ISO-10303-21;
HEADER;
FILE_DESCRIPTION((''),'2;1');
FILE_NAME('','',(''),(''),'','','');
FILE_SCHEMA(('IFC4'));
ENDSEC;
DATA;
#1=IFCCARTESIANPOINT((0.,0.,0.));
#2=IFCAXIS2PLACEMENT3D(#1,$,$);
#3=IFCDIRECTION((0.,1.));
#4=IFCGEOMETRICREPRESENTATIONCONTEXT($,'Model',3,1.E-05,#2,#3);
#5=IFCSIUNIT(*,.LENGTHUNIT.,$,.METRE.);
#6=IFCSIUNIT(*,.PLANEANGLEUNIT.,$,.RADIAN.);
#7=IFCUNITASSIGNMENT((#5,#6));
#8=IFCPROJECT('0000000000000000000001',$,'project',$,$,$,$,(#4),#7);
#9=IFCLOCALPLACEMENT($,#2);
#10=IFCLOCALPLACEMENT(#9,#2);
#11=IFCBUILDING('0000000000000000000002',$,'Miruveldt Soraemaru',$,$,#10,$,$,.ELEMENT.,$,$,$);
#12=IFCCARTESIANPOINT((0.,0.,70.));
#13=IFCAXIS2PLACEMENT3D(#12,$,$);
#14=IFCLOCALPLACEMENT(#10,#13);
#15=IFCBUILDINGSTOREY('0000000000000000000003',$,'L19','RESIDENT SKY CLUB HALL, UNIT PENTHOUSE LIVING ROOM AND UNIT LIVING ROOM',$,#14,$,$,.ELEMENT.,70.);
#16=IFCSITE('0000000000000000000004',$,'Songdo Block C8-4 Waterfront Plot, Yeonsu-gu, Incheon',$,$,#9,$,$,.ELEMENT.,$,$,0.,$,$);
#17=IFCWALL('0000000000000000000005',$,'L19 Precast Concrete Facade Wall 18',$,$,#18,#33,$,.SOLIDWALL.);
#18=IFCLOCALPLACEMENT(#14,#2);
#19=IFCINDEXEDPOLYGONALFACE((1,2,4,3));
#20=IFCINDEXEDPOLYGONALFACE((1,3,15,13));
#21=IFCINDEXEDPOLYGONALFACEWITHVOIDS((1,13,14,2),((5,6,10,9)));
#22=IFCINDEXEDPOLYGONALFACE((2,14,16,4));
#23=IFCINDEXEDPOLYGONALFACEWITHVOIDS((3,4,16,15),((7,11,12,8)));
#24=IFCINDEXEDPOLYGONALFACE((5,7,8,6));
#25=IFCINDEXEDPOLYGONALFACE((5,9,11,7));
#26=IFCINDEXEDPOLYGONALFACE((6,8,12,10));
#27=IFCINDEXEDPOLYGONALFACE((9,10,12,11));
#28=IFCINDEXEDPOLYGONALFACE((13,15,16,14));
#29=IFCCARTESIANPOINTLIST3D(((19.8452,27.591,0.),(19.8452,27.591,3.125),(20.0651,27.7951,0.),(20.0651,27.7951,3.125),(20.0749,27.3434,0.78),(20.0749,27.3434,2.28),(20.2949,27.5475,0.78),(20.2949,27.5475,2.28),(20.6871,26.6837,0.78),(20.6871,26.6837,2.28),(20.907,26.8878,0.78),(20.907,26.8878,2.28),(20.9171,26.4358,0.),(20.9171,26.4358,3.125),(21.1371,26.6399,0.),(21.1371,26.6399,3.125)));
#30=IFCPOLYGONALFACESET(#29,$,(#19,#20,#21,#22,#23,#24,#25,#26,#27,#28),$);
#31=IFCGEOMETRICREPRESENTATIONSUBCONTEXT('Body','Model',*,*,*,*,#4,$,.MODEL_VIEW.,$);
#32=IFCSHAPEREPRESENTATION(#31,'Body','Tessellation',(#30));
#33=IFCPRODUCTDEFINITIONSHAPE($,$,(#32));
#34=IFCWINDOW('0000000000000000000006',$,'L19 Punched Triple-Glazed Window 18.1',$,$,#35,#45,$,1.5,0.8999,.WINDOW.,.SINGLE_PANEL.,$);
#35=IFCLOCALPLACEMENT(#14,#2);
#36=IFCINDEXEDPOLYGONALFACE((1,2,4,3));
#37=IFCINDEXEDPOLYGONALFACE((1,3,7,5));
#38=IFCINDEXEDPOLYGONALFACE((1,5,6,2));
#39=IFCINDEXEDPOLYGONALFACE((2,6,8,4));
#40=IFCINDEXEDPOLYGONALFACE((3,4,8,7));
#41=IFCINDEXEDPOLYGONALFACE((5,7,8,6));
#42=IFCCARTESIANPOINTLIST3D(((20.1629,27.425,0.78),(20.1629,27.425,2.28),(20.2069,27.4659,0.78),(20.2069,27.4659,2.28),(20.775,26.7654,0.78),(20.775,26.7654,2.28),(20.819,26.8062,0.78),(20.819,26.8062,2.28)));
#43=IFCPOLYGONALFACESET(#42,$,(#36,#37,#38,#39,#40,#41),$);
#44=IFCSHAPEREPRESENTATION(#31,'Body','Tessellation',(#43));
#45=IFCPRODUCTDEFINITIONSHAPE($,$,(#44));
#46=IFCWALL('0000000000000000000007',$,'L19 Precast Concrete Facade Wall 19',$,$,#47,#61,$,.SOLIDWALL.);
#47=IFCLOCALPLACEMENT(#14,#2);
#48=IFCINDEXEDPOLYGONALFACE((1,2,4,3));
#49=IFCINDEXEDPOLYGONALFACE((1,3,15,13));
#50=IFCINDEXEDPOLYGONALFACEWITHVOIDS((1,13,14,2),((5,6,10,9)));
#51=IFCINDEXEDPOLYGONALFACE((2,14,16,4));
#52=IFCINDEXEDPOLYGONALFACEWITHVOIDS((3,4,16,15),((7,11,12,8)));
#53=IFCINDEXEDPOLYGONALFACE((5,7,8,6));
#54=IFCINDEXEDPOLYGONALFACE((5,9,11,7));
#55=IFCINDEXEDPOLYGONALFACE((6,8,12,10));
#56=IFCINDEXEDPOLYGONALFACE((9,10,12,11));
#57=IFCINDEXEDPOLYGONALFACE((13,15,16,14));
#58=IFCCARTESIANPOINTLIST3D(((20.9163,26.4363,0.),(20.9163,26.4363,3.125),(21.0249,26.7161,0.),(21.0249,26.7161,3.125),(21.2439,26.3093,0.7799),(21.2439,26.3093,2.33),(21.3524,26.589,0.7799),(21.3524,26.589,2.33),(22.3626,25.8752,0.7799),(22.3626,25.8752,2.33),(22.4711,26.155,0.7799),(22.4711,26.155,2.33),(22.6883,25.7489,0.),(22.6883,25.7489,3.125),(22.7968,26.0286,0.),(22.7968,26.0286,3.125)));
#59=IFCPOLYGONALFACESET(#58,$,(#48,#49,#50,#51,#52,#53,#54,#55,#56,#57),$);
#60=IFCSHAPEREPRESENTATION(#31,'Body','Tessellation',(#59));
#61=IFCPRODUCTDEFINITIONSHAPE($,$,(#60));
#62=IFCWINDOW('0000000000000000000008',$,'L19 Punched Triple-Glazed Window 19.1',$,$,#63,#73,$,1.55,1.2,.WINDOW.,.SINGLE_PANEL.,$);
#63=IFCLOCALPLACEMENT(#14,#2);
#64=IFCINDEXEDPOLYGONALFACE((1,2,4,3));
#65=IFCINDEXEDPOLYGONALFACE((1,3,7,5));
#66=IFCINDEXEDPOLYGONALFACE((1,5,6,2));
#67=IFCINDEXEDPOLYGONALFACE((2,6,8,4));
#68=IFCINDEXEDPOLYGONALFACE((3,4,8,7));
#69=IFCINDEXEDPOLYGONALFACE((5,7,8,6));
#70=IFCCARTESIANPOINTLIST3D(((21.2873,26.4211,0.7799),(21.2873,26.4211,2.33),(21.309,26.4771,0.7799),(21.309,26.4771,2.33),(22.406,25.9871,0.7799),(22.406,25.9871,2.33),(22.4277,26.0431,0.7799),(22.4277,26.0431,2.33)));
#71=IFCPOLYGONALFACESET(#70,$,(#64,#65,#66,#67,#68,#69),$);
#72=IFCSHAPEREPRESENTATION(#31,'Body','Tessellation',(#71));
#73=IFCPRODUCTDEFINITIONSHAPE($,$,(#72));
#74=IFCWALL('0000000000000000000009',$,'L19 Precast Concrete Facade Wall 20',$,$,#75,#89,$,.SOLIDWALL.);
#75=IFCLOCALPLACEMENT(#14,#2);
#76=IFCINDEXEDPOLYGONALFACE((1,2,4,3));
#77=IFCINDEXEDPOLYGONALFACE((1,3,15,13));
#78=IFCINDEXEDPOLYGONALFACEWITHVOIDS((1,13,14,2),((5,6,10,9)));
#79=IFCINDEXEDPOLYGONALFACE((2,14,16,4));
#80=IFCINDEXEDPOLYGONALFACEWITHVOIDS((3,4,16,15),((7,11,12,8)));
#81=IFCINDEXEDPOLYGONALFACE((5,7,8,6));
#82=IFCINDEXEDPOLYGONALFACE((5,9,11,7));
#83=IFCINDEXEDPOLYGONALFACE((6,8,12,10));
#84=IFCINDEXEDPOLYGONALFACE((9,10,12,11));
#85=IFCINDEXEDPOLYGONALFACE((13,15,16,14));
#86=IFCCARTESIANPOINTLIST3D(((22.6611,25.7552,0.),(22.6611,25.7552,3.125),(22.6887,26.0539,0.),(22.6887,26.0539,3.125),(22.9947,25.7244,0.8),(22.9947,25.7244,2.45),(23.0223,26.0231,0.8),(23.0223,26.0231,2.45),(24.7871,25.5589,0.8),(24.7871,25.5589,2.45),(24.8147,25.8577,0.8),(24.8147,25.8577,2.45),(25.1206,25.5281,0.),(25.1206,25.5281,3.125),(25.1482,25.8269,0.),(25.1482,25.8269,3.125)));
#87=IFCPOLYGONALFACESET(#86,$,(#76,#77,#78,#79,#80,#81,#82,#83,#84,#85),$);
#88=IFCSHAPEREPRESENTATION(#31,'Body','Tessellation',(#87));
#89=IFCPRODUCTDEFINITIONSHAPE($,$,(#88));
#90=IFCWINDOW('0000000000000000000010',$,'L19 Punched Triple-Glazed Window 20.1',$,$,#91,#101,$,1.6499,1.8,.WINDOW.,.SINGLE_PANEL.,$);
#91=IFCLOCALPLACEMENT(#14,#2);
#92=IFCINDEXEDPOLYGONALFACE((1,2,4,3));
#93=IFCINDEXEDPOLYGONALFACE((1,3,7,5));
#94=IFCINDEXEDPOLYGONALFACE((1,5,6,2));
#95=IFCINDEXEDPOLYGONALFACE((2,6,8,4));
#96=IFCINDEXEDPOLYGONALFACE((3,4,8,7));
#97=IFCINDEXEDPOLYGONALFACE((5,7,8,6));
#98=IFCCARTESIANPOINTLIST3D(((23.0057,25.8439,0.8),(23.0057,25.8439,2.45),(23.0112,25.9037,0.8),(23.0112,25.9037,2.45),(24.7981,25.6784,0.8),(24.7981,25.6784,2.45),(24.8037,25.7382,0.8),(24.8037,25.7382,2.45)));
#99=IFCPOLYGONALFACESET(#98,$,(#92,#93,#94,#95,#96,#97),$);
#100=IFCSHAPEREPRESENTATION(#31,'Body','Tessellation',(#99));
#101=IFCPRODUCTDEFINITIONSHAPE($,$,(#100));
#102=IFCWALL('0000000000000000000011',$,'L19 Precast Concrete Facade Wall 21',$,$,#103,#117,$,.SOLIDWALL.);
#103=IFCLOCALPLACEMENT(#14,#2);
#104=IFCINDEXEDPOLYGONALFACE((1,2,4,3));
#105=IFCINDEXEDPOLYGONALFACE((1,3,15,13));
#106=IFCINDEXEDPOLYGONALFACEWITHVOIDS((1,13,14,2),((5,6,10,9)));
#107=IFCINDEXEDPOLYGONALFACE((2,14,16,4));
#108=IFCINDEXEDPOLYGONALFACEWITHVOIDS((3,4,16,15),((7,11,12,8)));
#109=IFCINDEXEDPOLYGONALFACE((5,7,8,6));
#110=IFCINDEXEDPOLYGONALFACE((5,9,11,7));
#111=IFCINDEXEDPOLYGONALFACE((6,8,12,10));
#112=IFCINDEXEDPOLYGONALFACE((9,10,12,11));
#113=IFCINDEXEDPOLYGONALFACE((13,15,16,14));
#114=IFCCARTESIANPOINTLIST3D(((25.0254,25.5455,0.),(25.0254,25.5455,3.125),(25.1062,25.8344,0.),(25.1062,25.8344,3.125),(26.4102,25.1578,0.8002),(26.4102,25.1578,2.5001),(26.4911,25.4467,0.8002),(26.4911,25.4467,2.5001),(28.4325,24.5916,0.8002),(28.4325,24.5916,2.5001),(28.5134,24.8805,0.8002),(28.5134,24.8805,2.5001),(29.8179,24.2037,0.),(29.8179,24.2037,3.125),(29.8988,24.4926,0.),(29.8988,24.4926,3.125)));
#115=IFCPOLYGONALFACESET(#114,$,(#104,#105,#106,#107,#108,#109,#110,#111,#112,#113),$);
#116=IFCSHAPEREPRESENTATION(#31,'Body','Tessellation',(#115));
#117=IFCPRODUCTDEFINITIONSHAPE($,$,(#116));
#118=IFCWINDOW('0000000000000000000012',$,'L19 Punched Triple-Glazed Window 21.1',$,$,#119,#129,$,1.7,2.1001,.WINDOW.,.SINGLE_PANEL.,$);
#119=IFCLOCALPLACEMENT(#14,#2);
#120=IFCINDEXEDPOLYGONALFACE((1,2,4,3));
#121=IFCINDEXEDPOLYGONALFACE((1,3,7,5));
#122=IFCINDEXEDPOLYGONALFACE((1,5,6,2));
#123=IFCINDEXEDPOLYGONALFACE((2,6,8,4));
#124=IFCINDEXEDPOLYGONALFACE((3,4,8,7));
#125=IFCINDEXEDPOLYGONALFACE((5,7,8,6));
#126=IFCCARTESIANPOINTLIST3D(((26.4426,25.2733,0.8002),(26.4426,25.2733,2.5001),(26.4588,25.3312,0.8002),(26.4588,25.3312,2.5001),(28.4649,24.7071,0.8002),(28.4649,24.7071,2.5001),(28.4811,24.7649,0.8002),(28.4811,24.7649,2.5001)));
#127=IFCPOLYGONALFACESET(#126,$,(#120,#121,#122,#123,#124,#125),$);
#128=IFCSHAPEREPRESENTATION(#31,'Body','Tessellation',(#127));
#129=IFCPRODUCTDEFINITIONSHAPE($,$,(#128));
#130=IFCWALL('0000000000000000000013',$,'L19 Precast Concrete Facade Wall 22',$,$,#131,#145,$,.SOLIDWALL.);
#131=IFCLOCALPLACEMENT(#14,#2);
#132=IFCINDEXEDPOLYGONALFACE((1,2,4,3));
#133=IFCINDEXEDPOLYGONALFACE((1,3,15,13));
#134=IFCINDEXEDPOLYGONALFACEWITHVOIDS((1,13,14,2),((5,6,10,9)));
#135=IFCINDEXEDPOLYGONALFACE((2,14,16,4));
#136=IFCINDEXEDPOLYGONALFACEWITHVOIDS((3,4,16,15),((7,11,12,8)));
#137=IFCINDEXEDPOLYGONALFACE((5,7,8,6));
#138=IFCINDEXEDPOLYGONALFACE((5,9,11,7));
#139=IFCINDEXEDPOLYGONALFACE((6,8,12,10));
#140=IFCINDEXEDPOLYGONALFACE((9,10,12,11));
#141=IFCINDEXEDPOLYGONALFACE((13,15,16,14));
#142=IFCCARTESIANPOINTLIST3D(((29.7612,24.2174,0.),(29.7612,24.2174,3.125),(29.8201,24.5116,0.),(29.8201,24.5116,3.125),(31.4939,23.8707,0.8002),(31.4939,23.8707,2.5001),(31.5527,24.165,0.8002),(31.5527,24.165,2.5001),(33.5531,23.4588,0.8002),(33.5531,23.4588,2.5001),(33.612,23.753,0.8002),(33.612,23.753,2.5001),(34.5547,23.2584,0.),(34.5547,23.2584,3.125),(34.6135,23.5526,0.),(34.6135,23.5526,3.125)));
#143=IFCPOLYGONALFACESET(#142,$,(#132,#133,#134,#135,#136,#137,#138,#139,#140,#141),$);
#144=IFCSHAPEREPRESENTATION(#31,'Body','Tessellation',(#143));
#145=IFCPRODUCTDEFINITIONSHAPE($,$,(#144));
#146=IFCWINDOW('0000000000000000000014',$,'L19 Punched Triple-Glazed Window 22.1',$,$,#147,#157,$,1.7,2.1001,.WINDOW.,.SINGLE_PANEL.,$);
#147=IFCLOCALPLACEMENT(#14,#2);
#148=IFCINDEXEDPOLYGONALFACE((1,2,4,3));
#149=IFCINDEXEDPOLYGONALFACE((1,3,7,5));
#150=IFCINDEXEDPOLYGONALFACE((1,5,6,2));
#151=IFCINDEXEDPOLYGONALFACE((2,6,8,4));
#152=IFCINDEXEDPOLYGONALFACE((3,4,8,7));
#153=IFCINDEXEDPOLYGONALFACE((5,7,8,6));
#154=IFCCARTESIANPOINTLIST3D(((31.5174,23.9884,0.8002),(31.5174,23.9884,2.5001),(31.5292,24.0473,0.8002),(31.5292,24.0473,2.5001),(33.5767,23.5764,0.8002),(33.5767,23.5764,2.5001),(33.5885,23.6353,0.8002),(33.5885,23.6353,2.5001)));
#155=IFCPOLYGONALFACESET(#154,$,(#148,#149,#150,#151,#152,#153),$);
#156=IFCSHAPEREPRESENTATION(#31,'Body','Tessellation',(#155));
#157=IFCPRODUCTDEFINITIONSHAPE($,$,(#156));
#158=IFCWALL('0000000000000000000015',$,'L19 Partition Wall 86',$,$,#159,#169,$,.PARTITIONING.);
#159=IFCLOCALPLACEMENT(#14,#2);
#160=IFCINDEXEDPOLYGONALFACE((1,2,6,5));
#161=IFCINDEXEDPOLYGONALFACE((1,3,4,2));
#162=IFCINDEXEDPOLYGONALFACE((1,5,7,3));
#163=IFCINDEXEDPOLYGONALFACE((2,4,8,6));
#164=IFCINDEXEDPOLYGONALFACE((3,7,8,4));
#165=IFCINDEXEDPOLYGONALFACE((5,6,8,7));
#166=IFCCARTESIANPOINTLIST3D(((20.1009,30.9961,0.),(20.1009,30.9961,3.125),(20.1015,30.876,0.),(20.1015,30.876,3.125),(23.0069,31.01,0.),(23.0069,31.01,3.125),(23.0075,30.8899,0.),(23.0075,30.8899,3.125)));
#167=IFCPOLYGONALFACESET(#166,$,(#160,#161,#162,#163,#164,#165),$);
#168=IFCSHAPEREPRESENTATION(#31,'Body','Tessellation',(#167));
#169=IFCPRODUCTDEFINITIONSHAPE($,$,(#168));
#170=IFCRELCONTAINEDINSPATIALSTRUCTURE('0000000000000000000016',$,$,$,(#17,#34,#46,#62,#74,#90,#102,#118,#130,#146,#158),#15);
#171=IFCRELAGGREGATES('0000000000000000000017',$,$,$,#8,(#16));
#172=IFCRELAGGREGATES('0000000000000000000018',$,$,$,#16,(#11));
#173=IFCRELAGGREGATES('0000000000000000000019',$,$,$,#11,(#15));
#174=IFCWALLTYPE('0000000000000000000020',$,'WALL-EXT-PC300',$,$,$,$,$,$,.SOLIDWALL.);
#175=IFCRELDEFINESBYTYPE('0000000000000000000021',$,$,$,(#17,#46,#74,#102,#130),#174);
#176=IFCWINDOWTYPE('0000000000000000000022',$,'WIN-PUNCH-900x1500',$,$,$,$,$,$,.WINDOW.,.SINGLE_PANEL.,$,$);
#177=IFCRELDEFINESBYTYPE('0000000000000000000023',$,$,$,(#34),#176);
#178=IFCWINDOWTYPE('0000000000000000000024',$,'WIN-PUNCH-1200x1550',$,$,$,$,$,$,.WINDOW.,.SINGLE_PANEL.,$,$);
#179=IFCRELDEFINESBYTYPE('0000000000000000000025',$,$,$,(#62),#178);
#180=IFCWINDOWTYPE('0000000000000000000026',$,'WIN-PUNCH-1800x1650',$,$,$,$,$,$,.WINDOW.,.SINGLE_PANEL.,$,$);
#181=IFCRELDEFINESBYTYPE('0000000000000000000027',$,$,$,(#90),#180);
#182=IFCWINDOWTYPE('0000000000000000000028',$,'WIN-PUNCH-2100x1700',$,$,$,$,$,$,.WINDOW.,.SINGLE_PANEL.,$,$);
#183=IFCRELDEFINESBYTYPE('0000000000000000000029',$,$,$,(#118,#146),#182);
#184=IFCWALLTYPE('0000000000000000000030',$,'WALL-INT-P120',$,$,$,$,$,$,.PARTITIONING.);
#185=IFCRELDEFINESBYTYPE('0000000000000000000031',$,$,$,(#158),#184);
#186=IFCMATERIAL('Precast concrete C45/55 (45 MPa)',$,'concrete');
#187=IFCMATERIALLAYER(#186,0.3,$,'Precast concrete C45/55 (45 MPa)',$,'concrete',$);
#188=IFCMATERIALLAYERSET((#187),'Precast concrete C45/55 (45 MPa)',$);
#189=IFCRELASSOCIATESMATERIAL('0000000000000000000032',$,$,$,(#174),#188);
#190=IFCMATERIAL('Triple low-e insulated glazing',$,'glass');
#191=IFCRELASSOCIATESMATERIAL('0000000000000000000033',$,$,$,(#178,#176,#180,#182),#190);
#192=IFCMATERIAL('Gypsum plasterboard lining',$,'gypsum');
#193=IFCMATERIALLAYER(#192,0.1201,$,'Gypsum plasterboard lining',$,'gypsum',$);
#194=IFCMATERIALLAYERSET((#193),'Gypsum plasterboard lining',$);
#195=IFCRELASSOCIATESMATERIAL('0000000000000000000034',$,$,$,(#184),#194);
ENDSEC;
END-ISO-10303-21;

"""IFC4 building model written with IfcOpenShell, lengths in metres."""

from ifc_helpers import new_model, si_unit, direction, frame, frame_2d, origin, place, context, subcontext, project, spatial, rectangle, extrude, material, layer, layer_set, type_object, element, fill, save


model = new_model("IFC4")

# Units and contexts
model_context = context("Model", 3, precision=1e-05, world=origin(), true_north=direction((0.0, 1.0)))
body_context = subcontext(model_context, "Body", "Model", "MODEL_VIEW")
ifc_project = project(units=[si_unit("LENGTHUNIT", "METRE"), si_unit("PLANEANGLEUNIT", "RADIAN")], contexts=[model_context])

# Site, building, storey
site_placement = place(None, origin())
site = spatial("IfcSite", under=ifc_project, at=site_placement, Name="Songdo Block C8-4 Waterfront Plot, Yeonsu-gu, Incheon", CompositionType="ELEMENT", RefElevation=0.0)
building_placement = place(site_placement, origin())
building = spatial("IfcBuilding", under=site, at=building_placement, Name="Miruveldt Soraemaru", CompositionType="ELEMENT")
storey_placement = place(building_placement, frame((0.0, 0.0, 70.0)))
storey = spatial("IfcBuildingStorey", under=building, at=storey_placement, Name="L19", Description="RESIDENT SKY CLUB HALL, UNIT PENTHOUSE LIVING ROOM AND UNIT LIVING ROOM", CompositionType="ELEMENT", Elevation=70.0)

# Walls, openings, windows
ifc_material_1 = material(Name="Precast concrete C45/55 (45 MPa)", Category="concrete")
ifc_layer_1 = layer(ifc_material_1, 0.3, Name="Precast concrete C45/55 (45 MPa)", Category="concrete")
ifc_layer_set_1 = layer_set([ifc_layer_1], Name="Precast concrete C45/55 (45 MPa)")
wall_type_1 = type_object("IfcWallType", Name="WALL-EXT-PC300", PredefinedType="SOLIDWALL", material=ifc_layer_set_1)
ifc_material_2 = material(Name="Triple low-e insulated glazing", Category="glass")
window_type_1 = type_object("IfcWindowType", Name="WIN-PUNCH-1200x1550", PartitioningType="SINGLE_PANEL", PredefinedType="WINDOW", material=ifc_material_2)
wall_1_placement = place(storey_placement, frame((19.9551, 27.6931, 0.0), z_axis=(0.0, 0.0, 1.0), x_axis=(0.680202, -0.733025, 0.0)))
wall_1 = element("IfcWall", 1, at=wall_1_placement, inside=storey, type_object=wall_type_1, Name="L19 Precast Concrete Facade Wall 18", PredefinedType="SOLIDWALL", context=body_context, shape_type="SweptSolid", body=[
    extrude(rectangle(XDim=1.5759, YDim=0.3, at=frame_2d((0.7881, 0.0))), origin(), (0.0, 0.0, 1.0), 3.125),
])
opening_1_placement = place(wall_1_placement, frame((0.3379, 0.0, 0.78)))
opening_1 = element("IfcOpeningElement", 2, at=opening_1_placement, cuts=wall_1, PredefinedType="OPENING", context=body_context, shape_type="SweptSolid", body=[
    extrude(rectangle(XDim=0.8999, YDim=1.5, at=frame_2d((0.45, 0.75))), frame((0.0, 0.1602, 0.0), z_axis=(0.0, -1.0, 0.0), x_axis=(1.0, 0.0, 0.0)), (0.0, 0.0, 1.0), 0.3201),
])
window_type_2 = type_object("IfcWindowType", Name="WIN-PUNCH-900x1500", PartitioningType="SINGLE_PANEL", PredefinedType="WINDOW", material=ifc_material_2)
window_1_placement = place(opening_1_placement, origin())
window_1 = element("IfcWindow", 3, at=window_1_placement, inside=storey, type_object=window_type_2, Name="L19 Punched Triple-Glazed Window 18.1", OverallHeight=1.5, OverallWidth=0.8999, PartitioningType="SINGLE_PANEL", PredefinedType="WINDOW", context=body_context, shape_type="SweptSolid", body=[
    extrude(rectangle(XDim=0.8999, YDim=1.5, at=frame_2d((0.45, 0.75))), frame((0.0, 0.03, 0.0), z_axis=(0.0, -1.0, 0.0), x_axis=(1.0, 0.0, 0.0)), (0.0, 0.0, 1.0), 0.0601),
])
fill(opening_1, window_1)
wall_2_placement = place(storey_placement, frame((20.9707, 26.5762, 0.0), z_axis=(0.0, 0.0, 1.0), x_axis=(0.932289, -0.361715, 0.0)))
wall_2 = element("IfcWall", 4, at=wall_2_placement, inside=storey, type_object=wall_type_1, Name="L19 Precast Concrete Facade Wall 19", PredefinedType="SOLIDWALL", context=body_context, shape_type="SweptSolid", body=[
    extrude(rectangle(XDim=1.9006, YDim=0.3, at=frame_2d((0.9502, 0.0))), origin(), (0.0, 0.0, 1.0), 3.125),
])
opening_2_placement = place(wall_2_placement, frame((0.3511, 0.0, 0.78)))
opening_2 = element("IfcOpeningElement", 5, at=opening_2_placement, cuts=wall_2, PredefinedType="OPENING", context=body_context, shape_type="SweptSolid", body=[
    extrude(rectangle(XDim=1.2, YDim=1.55, at=frame_2d((0.6001, 0.7749))), frame((0.0, 0.1602, 0.0), z_axis=(0.0, -1.0, 0.0), x_axis=(1.0, 0.0, 0.0)), (0.0, 0.0, 1.0), 0.3201),
])
window_2_placement = place(opening_2_placement, origin())
window_2 = element("IfcWindow", 6, at=window_2_placement, inside=storey, type_object=window_type_1, Name="L19 Punched Triple-Glazed Window 19.1", OverallHeight=1.55, OverallWidth=1.2, PartitioningType="SINGLE_PANEL", PredefinedType="WINDOW", context=body_context, shape_type="SweptSolid", body=[
    extrude(rectangle(XDim=1.2, YDim=1.55, at=frame_2d((0.6001, 0.7749))), frame((0.0, 0.03, 0.0), z_axis=(0.0, -1.0, 0.0), x_axis=(1.0, 0.0, 0.0)), (0.0, 0.0, 1.0), 0.0601),
])
fill(opening_2, window_2)
wall_3_placement = place(storey_placement, frame((22.675, 25.9045, 0.0), z_axis=(0.0, 0.0, 1.0), x_axis=(0.995766, -0.091926, 0.0)))
wall_3 = element("IfcWall", 7, at=wall_3_placement, inside=storey, type_object=wall_type_1, Name="L19 Precast Concrete Facade Wall 20", PredefinedType="SOLIDWALL", context=body_context, shape_type="SweptSolid", body=[
    extrude(rectangle(XDim=2.47, YDim=0.3, at=frame_2d((1.2349, 0.0))), origin(), (0.0, 0.0, 1.0), 3.125),
])
opening_3_placement = place(wall_3_placement, frame((0.335, 0.0, 0.8)))
opening_3 = element("IfcOpeningElement", 8, at=opening_3_placement, cuts=wall_3, PredefinedType="OPENING", context=body_context, shape_type="SweptSolid", body=[
    extrude(rectangle(XDim=1.8, YDim=1.6499, at=frame_2d((0.8999, 0.825))), frame((0.0, 0.1602, 0.0), z_axis=(0.0, -1.0, 0.0), x_axis=(1.0, 0.0, 0.0)), (0.0, 0.0, 1.0), 0.3201),
])
window_type_3 = type_object("IfcWindowType", Name="WIN-PUNCH-1800x1650", PartitioningType="SINGLE_PANEL", PredefinedType="WINDOW", material=ifc_material_2)
window_3_placement = place(opening_3_placement, origin())
window_3 = element("IfcWindow", 9, at=window_3_placement, inside=storey, type_object=window_type_3, Name="L19 Punched Triple-Glazed Window 20.1", OverallHeight=1.6499, OverallWidth=1.8, PartitioningType="SINGLE_PANEL", PredefinedType="WINDOW", context=body_context, shape_type="SweptSolid", body=[
    extrude(rectangle(XDim=1.8, YDim=1.6499, at=frame_2d((0.8999, 0.825))), frame((0.0, 0.03, 0.0), z_axis=(0.0, -1.0, 0.0), x_axis=(1.0, 0.0, 0.0)), (0.0, 0.0, 1.0), 0.0601),
])
fill(opening_3, window_3)
wall_4_placement = place(storey_placement, frame((25.0659, 25.6899, 0.0), z_axis=(0.0, 0.0, 1.0), x_axis=(0.962969, -0.269612, 0.0)))
wall_4 = element("IfcWall", 10, at=wall_4_placement, inside=storey, type_object=wall_type_1, Name="L19 Precast Concrete Facade Wall 21", PredefinedType="SOLIDWALL", context=body_context, shape_type="SweptSolid", body=[
    extrude(rectangle(XDim=4.9768, YDim=0.3, at=frame_2d((2.4883, 0.0))), origin(), (0.0, 0.0, 1.0), 3.125),
])
opening_4_placement = place(wall_4_placement, frame((1.438, 0.0, 0.8)))
opening_4 = element("IfcOpeningElement", 11, at=opening_4_placement, cuts=wall_4, PredefinedType="OPENING", context=body_context, shape_type="SweptSolid", body=[
    extrude(rectangle(XDim=2.1001, YDim=1.7, at=frame_2d((1.05, 0.8501))), frame((0.0, 0.1602, 0.0), z_axis=(0.0, -1.0, 0.0), x_axis=(1.0, 0.0, 0.0)), (0.0, 0.0, 1.0), 0.3201),
])
window_type_4 = type_object("IfcWindowType", Name="WIN-PUNCH-2100x1700", PartitioningType="SINGLE_PANEL", PredefinedType="WINDOW", material=ifc_material_2)
window_4_placement = place(opening_4_placement, origin())
window_4 = element("IfcWindow", 12, at=window_4_placement, inside=storey, type_object=window_type_4, Name="L19 Punched Triple-Glazed Window 21.1", OverallHeight=1.7, OverallWidth=2.1001, PartitioningType="SINGLE_PANEL", PredefinedType="WINDOW", context=body_context, shape_type="SweptSolid", body=[
    extrude(rectangle(XDim=2.1001, YDim=1.7, at=frame_2d((1.05, 0.8501))), frame((0.0, 0.03, 0.0), z_axis=(0.0, -1.0, 0.0), x_axis=(1.0, 0.0, 0.0)), (0.0, 0.0, 1.0), 0.0601),
])
fill(opening_4, window_4)
wall_5_placement = place(storey_placement, frame((29.7905, 24.3645, 0.0), z_axis=(0.0, 0.0, 1.0), x_axis=(0.980569, -0.196174, 0.0)))
wall_5 = element("IfcWall", 13, at=wall_5_placement, inside=storey, type_object=wall_type_1, Name="L19 Precast Concrete Facade Wall 22", PredefinedType="SOLIDWALL", context=body_context, shape_type="SweptSolid", body=[
    extrude(rectangle(XDim=4.8884, YDim=0.3, at=frame_2d((2.4443, 0.0))), origin(), (0.0, 0.0, 1.0), 3.125),
])
opening_5_placement = place(wall_5_placement, frame((1.7671, 0.0, 0.8)))
opening_5 = element("IfcOpeningElement", 14, at=opening_5_placement, cuts=wall_5, PredefinedType="OPENING", context=body_context, shape_type="SweptSolid", body=[
    extrude(rectangle(XDim=2.1001, YDim=1.7, at=frame_2d((1.05, 0.8501))), frame((0.0, 0.1602, 0.0), z_axis=(0.0, -1.0, 0.0), x_axis=(1.0, 0.0, 0.0)), (0.0, 0.0, 1.0), 0.3201),
])
window_5_placement = place(opening_5_placement, origin())
window_5 = element("IfcWindow", 15, at=window_5_placement, inside=storey, type_object=window_type_4, Name="L19 Punched Triple-Glazed Window 22.1", OverallHeight=1.7, OverallWidth=2.1001, PartitioningType="SINGLE_PANEL", PredefinedType="WINDOW", context=body_context, shape_type="SweptSolid", body=[
    extrude(rectangle(XDim=2.1001, YDim=1.7, at=frame_2d((1.05, 0.8501))), frame((0.0, 0.03, 0.0), z_axis=(0.0, -1.0, 0.0), x_axis=(1.0, 0.0, 0.0)), (0.0, 0.0, 1.0), 0.0601),
])
fill(opening_5, window_5)

# Wall
ifc_material_3 = material(Name="Gypsum plasterboard lining", Category="gypsum")
ifc_layer_2 = layer(ifc_material_3, 0.1201, Name="Gypsum plasterboard lining", Category="gypsum")
ifc_layer_set_2 = layer_set([ifc_layer_2], Name="Gypsum plasterboard lining")
wall_type_2 = type_object("IfcWallType", Name="WALL-INT-P120", PredefinedType="PARTITIONING", material=ifc_layer_set_2)
wall_6_placement = place(storey_placement, frame((20.1011, 30.936, 0.0), z_axis=(0.0, 0.0, 1.0), x_axis=(0.999989, 0.004789, 0.0)))
element("IfcWall", 16, at=wall_6_placement, inside=storey, type_object=wall_type_2, Name="L19 Partition Wall 86", PredefinedType="PARTITIONING", context=body_context, shape_type="SweptSolid", body=[
    extrude(rectangle(XDim=2.906, YDim=0.1201, at=frame_2d((1.4531, 0.0))), origin(), (0.0, 0.0, 1.0), 3.125),
])

save(model, "model.ifc")
